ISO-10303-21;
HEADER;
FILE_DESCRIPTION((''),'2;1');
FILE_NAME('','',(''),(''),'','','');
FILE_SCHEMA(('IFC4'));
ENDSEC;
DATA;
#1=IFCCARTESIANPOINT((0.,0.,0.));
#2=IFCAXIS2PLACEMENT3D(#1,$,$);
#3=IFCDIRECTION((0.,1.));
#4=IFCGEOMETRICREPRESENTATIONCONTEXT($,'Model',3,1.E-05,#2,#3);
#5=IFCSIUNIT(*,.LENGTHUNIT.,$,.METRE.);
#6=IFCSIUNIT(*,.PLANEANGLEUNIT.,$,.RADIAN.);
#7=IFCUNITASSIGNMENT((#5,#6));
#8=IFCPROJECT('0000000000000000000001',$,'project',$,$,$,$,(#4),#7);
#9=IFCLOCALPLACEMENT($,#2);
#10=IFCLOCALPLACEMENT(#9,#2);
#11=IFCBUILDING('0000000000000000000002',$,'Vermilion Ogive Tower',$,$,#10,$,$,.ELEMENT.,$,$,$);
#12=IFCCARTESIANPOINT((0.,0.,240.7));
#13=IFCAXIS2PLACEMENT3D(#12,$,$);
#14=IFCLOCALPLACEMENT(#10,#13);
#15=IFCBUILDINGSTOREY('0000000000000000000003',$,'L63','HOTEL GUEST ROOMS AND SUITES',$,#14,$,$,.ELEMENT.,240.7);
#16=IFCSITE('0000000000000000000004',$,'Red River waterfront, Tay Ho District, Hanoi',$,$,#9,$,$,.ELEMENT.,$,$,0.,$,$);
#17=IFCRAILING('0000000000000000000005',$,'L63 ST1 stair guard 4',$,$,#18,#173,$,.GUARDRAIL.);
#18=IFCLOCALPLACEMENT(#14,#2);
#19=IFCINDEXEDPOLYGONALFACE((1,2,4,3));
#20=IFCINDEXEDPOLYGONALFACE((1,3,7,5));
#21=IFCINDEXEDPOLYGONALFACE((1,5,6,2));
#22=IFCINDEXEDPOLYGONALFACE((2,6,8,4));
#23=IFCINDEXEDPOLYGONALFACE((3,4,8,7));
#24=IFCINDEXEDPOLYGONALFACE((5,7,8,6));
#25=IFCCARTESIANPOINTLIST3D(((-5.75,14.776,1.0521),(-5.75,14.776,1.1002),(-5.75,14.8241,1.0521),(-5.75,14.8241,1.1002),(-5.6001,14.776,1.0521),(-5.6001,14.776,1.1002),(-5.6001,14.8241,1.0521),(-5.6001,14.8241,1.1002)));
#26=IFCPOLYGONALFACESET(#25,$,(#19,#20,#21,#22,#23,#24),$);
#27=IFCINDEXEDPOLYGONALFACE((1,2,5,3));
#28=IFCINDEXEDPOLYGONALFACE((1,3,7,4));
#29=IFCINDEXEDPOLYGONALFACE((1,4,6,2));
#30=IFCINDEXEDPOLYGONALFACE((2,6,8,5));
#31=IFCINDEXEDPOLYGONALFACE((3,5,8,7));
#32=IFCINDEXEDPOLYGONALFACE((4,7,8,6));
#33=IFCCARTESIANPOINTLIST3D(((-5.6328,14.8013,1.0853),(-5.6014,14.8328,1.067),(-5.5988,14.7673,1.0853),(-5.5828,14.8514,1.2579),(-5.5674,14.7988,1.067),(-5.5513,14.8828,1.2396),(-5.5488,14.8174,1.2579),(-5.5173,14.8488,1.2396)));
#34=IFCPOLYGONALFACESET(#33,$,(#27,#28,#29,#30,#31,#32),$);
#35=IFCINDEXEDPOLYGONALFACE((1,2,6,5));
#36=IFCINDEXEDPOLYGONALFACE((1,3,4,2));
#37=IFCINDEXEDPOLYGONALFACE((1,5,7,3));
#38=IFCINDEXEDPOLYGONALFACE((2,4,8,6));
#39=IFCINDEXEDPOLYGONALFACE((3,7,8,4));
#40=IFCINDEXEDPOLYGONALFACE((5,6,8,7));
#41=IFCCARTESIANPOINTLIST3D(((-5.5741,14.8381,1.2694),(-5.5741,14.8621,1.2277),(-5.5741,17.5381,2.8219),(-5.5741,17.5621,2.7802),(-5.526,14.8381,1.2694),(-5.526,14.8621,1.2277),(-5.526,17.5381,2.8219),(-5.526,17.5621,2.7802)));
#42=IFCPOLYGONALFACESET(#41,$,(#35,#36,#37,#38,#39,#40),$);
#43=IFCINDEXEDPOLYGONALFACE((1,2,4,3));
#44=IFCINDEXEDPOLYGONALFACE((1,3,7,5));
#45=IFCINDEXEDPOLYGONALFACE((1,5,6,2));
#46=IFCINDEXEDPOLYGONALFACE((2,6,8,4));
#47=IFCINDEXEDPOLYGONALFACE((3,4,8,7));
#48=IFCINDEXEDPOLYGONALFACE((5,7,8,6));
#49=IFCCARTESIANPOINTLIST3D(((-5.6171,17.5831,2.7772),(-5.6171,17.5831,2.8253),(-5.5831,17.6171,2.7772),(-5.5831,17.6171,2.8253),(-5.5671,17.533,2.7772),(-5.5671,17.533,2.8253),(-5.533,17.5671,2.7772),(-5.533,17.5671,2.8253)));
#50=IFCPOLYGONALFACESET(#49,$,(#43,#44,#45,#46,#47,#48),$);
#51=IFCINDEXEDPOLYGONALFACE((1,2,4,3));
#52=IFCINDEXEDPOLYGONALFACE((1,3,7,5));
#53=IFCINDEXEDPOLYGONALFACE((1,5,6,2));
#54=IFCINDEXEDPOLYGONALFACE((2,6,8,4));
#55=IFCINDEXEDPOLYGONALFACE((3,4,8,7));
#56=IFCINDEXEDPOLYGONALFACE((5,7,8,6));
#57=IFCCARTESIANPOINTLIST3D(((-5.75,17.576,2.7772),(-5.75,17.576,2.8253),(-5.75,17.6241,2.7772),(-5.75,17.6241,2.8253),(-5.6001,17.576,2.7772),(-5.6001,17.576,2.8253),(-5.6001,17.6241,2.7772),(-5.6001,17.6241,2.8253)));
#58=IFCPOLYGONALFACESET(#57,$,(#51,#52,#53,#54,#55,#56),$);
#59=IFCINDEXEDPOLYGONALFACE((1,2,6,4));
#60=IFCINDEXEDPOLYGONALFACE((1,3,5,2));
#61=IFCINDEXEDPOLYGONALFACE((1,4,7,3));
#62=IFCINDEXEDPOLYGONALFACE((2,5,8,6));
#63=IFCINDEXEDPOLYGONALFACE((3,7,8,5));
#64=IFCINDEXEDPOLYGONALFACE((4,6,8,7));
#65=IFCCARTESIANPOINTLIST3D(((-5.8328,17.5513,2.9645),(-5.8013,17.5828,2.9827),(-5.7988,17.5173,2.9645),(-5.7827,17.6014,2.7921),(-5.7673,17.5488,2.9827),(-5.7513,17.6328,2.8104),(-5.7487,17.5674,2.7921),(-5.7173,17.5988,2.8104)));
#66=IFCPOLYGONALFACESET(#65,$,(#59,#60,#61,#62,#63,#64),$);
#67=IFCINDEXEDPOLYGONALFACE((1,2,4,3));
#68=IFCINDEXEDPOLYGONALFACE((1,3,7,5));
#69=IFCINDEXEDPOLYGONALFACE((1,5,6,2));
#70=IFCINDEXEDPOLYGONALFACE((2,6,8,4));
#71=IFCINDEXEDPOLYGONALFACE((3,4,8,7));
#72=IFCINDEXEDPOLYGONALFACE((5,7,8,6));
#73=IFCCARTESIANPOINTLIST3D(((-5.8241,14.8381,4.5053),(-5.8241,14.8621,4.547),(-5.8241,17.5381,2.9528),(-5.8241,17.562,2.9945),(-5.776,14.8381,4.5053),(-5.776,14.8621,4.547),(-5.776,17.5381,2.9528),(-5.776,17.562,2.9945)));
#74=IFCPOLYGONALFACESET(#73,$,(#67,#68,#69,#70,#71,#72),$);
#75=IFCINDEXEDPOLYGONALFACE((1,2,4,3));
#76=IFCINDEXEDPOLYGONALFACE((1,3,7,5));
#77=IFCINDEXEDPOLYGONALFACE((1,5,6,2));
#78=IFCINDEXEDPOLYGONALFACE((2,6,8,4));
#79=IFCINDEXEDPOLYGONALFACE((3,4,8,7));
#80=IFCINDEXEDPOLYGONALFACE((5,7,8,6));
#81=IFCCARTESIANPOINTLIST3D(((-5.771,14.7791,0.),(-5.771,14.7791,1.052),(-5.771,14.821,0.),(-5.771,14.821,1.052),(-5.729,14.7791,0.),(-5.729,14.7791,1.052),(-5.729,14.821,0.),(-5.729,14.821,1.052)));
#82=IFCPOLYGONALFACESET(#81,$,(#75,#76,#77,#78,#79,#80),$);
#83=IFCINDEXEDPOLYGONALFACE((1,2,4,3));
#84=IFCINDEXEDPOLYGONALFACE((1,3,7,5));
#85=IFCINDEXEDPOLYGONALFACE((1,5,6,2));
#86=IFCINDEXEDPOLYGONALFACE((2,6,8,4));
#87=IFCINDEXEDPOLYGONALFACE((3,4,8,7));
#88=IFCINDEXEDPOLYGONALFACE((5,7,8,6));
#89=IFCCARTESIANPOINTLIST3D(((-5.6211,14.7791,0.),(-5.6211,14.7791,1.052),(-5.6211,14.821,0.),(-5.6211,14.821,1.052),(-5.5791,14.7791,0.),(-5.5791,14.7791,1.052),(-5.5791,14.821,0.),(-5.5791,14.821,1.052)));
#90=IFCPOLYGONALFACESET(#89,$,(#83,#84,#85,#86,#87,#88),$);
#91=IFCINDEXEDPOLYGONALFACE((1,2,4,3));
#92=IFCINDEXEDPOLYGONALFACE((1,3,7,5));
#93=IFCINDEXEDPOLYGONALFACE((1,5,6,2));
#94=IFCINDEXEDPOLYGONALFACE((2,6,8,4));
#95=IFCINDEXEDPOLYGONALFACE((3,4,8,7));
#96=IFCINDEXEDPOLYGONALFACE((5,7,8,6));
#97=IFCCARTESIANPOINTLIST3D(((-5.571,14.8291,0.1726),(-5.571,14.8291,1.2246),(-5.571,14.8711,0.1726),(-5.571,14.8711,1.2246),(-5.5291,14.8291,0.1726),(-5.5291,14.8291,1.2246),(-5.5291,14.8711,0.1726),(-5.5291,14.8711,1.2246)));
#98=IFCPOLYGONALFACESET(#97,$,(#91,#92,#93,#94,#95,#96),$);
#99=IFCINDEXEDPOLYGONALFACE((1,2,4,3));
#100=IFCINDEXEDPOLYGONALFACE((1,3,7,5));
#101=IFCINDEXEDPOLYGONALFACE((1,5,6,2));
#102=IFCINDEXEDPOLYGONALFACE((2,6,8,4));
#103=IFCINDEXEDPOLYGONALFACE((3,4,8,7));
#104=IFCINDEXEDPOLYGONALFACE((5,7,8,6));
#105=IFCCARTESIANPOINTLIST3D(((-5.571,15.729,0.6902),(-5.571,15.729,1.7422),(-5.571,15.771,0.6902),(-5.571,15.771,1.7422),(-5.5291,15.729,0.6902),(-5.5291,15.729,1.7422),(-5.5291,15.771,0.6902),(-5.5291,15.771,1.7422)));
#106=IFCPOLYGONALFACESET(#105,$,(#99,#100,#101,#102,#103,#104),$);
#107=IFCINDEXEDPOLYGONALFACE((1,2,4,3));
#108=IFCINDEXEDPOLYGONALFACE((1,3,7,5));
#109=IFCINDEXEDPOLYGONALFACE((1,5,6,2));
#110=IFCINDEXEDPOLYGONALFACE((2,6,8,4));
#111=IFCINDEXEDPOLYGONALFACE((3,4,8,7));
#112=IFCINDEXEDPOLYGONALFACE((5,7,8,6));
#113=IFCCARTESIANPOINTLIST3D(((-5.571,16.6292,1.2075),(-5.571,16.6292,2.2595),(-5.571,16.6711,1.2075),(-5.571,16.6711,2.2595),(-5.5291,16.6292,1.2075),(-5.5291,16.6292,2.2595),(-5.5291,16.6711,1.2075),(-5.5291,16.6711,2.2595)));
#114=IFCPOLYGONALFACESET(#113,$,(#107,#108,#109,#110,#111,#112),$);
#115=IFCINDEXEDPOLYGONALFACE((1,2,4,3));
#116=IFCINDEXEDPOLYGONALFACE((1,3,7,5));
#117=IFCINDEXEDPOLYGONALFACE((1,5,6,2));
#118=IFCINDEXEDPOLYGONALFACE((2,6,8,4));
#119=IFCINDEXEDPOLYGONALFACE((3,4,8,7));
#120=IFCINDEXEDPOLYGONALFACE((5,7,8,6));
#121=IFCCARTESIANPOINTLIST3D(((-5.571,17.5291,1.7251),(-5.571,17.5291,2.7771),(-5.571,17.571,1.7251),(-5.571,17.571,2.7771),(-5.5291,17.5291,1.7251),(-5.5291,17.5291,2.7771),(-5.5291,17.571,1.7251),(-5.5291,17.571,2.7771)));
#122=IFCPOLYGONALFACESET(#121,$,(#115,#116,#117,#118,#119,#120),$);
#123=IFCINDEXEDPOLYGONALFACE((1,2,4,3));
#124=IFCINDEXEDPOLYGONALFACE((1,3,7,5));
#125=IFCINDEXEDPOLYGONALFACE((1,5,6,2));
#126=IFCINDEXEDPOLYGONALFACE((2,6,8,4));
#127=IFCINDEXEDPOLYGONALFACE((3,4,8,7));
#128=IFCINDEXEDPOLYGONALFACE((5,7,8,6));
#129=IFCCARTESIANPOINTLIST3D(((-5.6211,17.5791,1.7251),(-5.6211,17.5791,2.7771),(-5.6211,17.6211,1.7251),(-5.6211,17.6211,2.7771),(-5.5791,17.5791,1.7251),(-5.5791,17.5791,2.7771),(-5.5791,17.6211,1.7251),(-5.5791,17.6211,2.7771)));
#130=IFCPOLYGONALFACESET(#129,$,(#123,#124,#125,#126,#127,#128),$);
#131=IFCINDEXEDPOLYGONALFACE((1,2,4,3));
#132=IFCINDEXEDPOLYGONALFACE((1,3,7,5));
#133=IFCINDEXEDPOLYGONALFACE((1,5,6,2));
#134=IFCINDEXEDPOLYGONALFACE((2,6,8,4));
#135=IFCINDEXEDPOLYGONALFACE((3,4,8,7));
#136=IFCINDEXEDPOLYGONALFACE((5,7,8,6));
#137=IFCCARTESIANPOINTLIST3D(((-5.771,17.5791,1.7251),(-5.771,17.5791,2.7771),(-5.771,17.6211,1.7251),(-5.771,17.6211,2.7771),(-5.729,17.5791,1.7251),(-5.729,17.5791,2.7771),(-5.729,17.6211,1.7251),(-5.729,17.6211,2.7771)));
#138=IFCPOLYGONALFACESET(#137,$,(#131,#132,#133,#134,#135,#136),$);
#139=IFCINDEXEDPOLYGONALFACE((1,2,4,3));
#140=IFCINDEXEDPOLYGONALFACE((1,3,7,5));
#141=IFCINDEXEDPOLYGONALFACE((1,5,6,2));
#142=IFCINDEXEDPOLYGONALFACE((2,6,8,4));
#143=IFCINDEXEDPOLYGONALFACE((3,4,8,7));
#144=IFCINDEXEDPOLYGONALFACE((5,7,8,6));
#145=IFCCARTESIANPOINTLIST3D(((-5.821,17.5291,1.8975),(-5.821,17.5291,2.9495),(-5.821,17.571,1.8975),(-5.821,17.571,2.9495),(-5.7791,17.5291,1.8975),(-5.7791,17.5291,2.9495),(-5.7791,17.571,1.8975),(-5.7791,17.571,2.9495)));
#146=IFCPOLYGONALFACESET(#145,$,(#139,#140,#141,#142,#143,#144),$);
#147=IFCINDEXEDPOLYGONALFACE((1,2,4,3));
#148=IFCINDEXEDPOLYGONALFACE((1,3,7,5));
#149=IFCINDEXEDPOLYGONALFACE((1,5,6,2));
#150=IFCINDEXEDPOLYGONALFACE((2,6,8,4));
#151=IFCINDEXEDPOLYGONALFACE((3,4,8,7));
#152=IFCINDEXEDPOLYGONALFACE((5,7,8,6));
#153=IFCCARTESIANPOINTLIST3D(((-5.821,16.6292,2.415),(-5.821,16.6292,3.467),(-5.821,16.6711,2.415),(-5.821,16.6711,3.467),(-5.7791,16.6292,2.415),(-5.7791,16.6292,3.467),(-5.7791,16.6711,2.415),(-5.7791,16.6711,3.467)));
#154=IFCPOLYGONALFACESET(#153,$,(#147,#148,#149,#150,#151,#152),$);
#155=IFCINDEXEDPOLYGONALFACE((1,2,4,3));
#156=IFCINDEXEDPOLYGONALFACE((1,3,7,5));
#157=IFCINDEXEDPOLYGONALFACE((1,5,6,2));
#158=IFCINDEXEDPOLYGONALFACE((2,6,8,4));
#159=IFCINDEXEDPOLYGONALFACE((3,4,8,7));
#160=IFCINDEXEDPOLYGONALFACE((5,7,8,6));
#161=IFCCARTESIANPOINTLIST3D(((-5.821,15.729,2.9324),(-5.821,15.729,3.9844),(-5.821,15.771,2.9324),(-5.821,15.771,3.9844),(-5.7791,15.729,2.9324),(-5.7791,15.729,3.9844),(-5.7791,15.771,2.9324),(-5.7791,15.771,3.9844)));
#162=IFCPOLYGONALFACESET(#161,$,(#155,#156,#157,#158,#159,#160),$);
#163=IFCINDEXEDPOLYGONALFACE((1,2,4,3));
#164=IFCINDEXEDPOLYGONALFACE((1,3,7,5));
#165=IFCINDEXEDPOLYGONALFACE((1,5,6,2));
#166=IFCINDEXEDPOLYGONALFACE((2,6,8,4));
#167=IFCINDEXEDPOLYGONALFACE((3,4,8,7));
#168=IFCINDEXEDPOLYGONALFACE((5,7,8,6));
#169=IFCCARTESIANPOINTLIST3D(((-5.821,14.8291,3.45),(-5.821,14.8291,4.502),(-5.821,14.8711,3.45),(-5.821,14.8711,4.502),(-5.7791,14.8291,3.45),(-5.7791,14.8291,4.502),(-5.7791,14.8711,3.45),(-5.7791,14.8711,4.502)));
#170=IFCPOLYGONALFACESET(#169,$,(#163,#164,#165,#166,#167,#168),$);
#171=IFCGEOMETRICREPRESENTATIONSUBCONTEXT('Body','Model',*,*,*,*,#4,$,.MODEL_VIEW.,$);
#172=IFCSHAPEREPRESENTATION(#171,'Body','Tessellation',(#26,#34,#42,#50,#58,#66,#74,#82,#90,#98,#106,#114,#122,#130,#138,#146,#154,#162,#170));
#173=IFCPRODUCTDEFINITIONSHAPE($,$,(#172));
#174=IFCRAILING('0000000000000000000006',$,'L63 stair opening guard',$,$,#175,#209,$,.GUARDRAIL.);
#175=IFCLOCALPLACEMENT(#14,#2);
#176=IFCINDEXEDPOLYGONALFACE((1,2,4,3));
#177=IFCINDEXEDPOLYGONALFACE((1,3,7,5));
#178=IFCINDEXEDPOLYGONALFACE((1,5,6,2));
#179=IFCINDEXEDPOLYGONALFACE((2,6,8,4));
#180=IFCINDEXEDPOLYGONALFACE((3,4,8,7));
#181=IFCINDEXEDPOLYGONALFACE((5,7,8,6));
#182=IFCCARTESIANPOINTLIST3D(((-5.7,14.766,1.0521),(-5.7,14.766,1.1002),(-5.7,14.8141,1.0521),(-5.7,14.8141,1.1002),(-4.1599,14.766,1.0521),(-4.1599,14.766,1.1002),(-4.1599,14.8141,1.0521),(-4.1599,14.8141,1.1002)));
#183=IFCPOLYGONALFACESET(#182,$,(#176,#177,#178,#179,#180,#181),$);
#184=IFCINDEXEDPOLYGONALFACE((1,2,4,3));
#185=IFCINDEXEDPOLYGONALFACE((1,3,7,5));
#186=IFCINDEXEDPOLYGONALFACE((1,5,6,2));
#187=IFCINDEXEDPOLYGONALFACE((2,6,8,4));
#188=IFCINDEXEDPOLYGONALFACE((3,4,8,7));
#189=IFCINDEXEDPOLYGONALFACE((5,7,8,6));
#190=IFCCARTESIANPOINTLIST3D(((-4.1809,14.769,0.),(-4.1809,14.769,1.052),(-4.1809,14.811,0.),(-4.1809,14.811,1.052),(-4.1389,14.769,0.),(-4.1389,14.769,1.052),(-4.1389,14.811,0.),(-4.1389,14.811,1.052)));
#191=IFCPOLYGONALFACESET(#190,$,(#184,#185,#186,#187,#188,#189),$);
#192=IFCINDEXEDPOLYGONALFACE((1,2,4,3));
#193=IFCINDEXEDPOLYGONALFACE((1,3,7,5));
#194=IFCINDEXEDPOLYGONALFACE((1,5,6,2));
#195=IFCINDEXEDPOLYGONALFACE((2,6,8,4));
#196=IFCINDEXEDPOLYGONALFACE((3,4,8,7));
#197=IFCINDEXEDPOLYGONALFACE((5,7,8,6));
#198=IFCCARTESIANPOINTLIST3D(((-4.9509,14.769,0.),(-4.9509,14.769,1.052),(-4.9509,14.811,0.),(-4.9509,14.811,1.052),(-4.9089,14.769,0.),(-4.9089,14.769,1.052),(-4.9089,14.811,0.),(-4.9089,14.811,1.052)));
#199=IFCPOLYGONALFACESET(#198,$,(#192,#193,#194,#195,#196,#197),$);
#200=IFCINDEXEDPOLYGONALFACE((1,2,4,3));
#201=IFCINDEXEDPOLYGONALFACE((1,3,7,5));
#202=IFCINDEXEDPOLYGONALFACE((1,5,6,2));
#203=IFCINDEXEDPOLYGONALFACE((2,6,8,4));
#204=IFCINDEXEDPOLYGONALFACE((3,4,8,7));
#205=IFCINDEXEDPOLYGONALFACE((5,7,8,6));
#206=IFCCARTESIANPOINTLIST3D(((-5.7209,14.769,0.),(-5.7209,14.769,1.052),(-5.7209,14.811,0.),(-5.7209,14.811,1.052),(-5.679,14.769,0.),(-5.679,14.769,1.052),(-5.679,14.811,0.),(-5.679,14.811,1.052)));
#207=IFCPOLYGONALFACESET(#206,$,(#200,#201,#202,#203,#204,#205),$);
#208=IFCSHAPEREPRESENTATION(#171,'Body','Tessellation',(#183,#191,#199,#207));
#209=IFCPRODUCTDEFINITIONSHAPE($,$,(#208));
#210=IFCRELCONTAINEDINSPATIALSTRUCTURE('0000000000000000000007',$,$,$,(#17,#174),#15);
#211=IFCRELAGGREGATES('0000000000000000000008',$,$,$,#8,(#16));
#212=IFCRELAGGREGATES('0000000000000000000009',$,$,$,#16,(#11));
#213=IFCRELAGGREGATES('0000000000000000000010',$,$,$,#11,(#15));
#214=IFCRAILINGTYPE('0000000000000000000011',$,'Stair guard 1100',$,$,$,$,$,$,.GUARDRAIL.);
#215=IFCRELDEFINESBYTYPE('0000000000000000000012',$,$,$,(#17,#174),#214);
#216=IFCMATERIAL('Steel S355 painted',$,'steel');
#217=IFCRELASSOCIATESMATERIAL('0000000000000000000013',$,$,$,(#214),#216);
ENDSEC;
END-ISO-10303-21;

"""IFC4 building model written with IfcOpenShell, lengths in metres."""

from ifc_helpers import new_model, si_unit, direction, frame, origin, origin_2d, place, context, subcontext, project, spatial, rectangle, extrude, material, type_object, element, save


model = new_model("IFC4")

# Units and contexts
model_context = context("Model", 3, precision=1e-05, world=origin(), true_north=direction((0.0, 1.0)))
body_context = subcontext(model_context, "Body", "Model", "MODEL_VIEW")
ifc_project = project(units=[si_unit("LENGTHUNIT", "METRE"), si_unit("PLANEANGLEUNIT", "RADIAN")], contexts=[model_context])

# Site, building, storey
site_placement = place(None, origin())
site = spatial("IfcSite", under=ifc_project, at=site_placement, Name="Red River waterfront, Tay Ho District, Hanoi", CompositionType="ELEMENT", RefElevation=0.0)
building_placement = place(site_placement, origin())
building = spatial("IfcBuilding", under=site, at=building_placement, Name="Vermilion Ogive Tower", CompositionType="ELEMENT")
storey_placement = place(building_placement, frame((0.0, 0.0, 240.7)))
storey = spatial("IfcBuildingStorey", under=building, at=storey_placement, Name="L63", Description="HOTEL GUEST ROOMS AND SUITES", CompositionType="ELEMENT", Elevation=240.7)

# Railings
ifc_material_1 = material(Name="Steel S355 painted", Category="steel")
railing_type_1 = type_object("IfcRailingType", Name="Stair guard 1100", PredefinedType="GUARDRAIL", material=ifc_material_1)
railing_1_placement = place(storey_placement, frame((-5.75, 14.8, 0.0)))
element("IfcRailing", 1, at=railing_1_placement, inside=storey, type_object=railing_type_1, Name="L63 ST1 stair guard 4", PredefinedType="GUARDRAIL", context=body_context, shape_type="SweptSolid", body=[
    extrude(rectangle(XDim=0.0481, YDim=0.0481, at=origin_2d()), frame((0.0, 0.0, 1.0762), z_axis=(1.0, 0.0, 0.0), x_axis=(0.0, 1.0, 0.0)), (0.0, 0.0, 1.0), 0.1499),
    extrude(rectangle(XDim=0.0481, YDim=0.0481, at=origin_2d()), frame((0.1499, 0.0, 1.0762), z_axis=(0.268278, 0.268278, 0.925232), x_axis=(-0.707107, 0.707107, 0.0)), (0.0, 0.0, 1.0), 0.1865),
    extrude(rectangle(XDim=0.0481, YDim=0.0481, at=origin_2d()), frame((0.2, 0.05, 1.2485), z_axis=(0.0, 0.866904, 0.498476), x_axis=(-1.0, 0.0, 0.0)), (0.0, 0.0, 1.0), 3.1145),
    extrude(rectangle(XDim=0.0481, YDim=0.0481, at=origin_2d()), frame((0.2, 2.75, 2.8013), z_axis=(-0.707107, 0.707107, 0.0), x_axis=(-0.707107, -0.707107, 0.0)), (0.0, 0.0, 1.0), 0.0708),
    extrude(rectangle(XDim=0.0481, YDim=0.0481, at=origin_2d()), frame((0.1499, 2.8, 2.8013), z_axis=(-1.0, 0.0, 0.0), x_axis=(0.0, -1.0, 0.0)), (0.0, 0.0, 1.0), 0.1499),
    extrude(rectangle(XDim=0.0481, YDim=0.0481, at=origin_2d()), frame((0.0, 2.8, 2.8013), z_axis=(-0.268603, -0.268603, 0.925043), x_axis=(0.707107, -0.707107, 0.0)), (0.0, 0.0, 1.0), 0.1863),
    extrude(rectangle(XDim=0.0481, YDim=0.0481, at=origin_2d()), frame((-0.05, 2.75, 2.9736), z_axis=(0.0, -0.866904, 0.498476), x_axis=(1.0, 0.0, 0.0)), (0.0, 0.0, 1.0), 3.1145),
    extrude(rectangle(XDim=0.042, YDim=0.042, at=origin_2d()), origin(), (0.0, 0.0, 1.0), 1.052),
    extrude(rectangle(XDim=0.042, YDim=0.042, at=origin_2d()), frame((0.1499, 0.0, 0.0)), (0.0, 0.0, 1.0), 1.052),
    extrude(rectangle(XDim=0.042, YDim=0.042, at=origin_2d()), frame((0.2, 0.05, 0.1726)), (0.0, 0.0, 1.0), 1.052),
    extrude(rectangle(XDim=0.042, YDim=0.042, at=origin_2d()), frame((0.2, 0.95, 0.6902)), (0.0, 0.0, 1.0), 1.052),
    extrude(rectangle(XDim=0.042, YDim=0.042, at=origin_2d()), frame((0.2, 1.8501, 1.2075)), (0.0, 0.0, 1.0), 1.052),
    extrude(rectangle(XDim=0.042, YDim=0.042, at=origin_2d()), frame((0.2, 2.75, 1.7251)), (0.0, 0.0, 1.0), 1.052),
    extrude(rectangle(XDim=0.042, YDim=0.042, at=origin_2d()), frame((0.1499, 2.8, 1.7251)), (0.0, 0.0, 1.0), 1.052),
    extrude(rectangle(XDim=0.042, YDim=0.042, at=origin_2d()), frame((0.0, 2.8, 1.7251)), (0.0, 0.0, 1.0), 1.052),
    extrude(rectangle(XDim=0.042, YDim=0.042, at=origin_2d()), frame((-0.05, 2.75, 1.8975)), (0.0, 0.0, 1.0), 1.052),
    extrude(rectangle(XDim=0.042, YDim=0.042, at=origin_2d()), frame((-0.05, 1.8501, 2.415)), (0.0, 0.0, 1.0), 1.052),
    extrude(rectangle(XDim=0.042, YDim=0.042, at=origin_2d()), frame((-0.05, 0.95, 2.9324)), (0.0, 0.0, 1.0), 1.052),
    extrude(rectangle(XDim=0.042, YDim=0.042, at=origin_2d()), frame((-0.05, 0.05, 3.45)), (0.0, 0.0, 1.0), 1.052),
])
railing_2_placement = place(storey_placement, frame((-4.1599, 14.79, 0.0)))
element("IfcRailing", 2, at=railing_2_placement, inside=storey, type_object=railing_type_1, Name="L63 stair opening guard", PredefinedType="GUARDRAIL", context=body_context, shape_type="SweptSolid", body=[
    extrude(rectangle(XDim=0.0481, YDim=0.0481, at=origin_2d()), frame((0.0, 0.0, 1.0762), z_axis=(-1.0, 0.0, 0.0), x_axis=(0.0, -1.0, 0.0)), (0.0, 0.0, 1.0), 1.54),
    extrude(rectangle(XDim=0.042, YDim=0.042, at=origin_2d()), origin(), (0.0, 0.0, 1.0), 1.052),
    extrude(rectangle(XDim=0.042, YDim=0.042, at=origin_2d()), frame((-0.77, 0.0, 0.0)), (0.0, 0.0, 1.0), 1.052),
    extrude(rectangle(XDim=0.042, YDim=0.042, at=origin_2d()), frame((-1.54, 0.0, 0.0)), (0.0, 0.0, 1.0), 1.052),
])

save(model, "model.ifc")
